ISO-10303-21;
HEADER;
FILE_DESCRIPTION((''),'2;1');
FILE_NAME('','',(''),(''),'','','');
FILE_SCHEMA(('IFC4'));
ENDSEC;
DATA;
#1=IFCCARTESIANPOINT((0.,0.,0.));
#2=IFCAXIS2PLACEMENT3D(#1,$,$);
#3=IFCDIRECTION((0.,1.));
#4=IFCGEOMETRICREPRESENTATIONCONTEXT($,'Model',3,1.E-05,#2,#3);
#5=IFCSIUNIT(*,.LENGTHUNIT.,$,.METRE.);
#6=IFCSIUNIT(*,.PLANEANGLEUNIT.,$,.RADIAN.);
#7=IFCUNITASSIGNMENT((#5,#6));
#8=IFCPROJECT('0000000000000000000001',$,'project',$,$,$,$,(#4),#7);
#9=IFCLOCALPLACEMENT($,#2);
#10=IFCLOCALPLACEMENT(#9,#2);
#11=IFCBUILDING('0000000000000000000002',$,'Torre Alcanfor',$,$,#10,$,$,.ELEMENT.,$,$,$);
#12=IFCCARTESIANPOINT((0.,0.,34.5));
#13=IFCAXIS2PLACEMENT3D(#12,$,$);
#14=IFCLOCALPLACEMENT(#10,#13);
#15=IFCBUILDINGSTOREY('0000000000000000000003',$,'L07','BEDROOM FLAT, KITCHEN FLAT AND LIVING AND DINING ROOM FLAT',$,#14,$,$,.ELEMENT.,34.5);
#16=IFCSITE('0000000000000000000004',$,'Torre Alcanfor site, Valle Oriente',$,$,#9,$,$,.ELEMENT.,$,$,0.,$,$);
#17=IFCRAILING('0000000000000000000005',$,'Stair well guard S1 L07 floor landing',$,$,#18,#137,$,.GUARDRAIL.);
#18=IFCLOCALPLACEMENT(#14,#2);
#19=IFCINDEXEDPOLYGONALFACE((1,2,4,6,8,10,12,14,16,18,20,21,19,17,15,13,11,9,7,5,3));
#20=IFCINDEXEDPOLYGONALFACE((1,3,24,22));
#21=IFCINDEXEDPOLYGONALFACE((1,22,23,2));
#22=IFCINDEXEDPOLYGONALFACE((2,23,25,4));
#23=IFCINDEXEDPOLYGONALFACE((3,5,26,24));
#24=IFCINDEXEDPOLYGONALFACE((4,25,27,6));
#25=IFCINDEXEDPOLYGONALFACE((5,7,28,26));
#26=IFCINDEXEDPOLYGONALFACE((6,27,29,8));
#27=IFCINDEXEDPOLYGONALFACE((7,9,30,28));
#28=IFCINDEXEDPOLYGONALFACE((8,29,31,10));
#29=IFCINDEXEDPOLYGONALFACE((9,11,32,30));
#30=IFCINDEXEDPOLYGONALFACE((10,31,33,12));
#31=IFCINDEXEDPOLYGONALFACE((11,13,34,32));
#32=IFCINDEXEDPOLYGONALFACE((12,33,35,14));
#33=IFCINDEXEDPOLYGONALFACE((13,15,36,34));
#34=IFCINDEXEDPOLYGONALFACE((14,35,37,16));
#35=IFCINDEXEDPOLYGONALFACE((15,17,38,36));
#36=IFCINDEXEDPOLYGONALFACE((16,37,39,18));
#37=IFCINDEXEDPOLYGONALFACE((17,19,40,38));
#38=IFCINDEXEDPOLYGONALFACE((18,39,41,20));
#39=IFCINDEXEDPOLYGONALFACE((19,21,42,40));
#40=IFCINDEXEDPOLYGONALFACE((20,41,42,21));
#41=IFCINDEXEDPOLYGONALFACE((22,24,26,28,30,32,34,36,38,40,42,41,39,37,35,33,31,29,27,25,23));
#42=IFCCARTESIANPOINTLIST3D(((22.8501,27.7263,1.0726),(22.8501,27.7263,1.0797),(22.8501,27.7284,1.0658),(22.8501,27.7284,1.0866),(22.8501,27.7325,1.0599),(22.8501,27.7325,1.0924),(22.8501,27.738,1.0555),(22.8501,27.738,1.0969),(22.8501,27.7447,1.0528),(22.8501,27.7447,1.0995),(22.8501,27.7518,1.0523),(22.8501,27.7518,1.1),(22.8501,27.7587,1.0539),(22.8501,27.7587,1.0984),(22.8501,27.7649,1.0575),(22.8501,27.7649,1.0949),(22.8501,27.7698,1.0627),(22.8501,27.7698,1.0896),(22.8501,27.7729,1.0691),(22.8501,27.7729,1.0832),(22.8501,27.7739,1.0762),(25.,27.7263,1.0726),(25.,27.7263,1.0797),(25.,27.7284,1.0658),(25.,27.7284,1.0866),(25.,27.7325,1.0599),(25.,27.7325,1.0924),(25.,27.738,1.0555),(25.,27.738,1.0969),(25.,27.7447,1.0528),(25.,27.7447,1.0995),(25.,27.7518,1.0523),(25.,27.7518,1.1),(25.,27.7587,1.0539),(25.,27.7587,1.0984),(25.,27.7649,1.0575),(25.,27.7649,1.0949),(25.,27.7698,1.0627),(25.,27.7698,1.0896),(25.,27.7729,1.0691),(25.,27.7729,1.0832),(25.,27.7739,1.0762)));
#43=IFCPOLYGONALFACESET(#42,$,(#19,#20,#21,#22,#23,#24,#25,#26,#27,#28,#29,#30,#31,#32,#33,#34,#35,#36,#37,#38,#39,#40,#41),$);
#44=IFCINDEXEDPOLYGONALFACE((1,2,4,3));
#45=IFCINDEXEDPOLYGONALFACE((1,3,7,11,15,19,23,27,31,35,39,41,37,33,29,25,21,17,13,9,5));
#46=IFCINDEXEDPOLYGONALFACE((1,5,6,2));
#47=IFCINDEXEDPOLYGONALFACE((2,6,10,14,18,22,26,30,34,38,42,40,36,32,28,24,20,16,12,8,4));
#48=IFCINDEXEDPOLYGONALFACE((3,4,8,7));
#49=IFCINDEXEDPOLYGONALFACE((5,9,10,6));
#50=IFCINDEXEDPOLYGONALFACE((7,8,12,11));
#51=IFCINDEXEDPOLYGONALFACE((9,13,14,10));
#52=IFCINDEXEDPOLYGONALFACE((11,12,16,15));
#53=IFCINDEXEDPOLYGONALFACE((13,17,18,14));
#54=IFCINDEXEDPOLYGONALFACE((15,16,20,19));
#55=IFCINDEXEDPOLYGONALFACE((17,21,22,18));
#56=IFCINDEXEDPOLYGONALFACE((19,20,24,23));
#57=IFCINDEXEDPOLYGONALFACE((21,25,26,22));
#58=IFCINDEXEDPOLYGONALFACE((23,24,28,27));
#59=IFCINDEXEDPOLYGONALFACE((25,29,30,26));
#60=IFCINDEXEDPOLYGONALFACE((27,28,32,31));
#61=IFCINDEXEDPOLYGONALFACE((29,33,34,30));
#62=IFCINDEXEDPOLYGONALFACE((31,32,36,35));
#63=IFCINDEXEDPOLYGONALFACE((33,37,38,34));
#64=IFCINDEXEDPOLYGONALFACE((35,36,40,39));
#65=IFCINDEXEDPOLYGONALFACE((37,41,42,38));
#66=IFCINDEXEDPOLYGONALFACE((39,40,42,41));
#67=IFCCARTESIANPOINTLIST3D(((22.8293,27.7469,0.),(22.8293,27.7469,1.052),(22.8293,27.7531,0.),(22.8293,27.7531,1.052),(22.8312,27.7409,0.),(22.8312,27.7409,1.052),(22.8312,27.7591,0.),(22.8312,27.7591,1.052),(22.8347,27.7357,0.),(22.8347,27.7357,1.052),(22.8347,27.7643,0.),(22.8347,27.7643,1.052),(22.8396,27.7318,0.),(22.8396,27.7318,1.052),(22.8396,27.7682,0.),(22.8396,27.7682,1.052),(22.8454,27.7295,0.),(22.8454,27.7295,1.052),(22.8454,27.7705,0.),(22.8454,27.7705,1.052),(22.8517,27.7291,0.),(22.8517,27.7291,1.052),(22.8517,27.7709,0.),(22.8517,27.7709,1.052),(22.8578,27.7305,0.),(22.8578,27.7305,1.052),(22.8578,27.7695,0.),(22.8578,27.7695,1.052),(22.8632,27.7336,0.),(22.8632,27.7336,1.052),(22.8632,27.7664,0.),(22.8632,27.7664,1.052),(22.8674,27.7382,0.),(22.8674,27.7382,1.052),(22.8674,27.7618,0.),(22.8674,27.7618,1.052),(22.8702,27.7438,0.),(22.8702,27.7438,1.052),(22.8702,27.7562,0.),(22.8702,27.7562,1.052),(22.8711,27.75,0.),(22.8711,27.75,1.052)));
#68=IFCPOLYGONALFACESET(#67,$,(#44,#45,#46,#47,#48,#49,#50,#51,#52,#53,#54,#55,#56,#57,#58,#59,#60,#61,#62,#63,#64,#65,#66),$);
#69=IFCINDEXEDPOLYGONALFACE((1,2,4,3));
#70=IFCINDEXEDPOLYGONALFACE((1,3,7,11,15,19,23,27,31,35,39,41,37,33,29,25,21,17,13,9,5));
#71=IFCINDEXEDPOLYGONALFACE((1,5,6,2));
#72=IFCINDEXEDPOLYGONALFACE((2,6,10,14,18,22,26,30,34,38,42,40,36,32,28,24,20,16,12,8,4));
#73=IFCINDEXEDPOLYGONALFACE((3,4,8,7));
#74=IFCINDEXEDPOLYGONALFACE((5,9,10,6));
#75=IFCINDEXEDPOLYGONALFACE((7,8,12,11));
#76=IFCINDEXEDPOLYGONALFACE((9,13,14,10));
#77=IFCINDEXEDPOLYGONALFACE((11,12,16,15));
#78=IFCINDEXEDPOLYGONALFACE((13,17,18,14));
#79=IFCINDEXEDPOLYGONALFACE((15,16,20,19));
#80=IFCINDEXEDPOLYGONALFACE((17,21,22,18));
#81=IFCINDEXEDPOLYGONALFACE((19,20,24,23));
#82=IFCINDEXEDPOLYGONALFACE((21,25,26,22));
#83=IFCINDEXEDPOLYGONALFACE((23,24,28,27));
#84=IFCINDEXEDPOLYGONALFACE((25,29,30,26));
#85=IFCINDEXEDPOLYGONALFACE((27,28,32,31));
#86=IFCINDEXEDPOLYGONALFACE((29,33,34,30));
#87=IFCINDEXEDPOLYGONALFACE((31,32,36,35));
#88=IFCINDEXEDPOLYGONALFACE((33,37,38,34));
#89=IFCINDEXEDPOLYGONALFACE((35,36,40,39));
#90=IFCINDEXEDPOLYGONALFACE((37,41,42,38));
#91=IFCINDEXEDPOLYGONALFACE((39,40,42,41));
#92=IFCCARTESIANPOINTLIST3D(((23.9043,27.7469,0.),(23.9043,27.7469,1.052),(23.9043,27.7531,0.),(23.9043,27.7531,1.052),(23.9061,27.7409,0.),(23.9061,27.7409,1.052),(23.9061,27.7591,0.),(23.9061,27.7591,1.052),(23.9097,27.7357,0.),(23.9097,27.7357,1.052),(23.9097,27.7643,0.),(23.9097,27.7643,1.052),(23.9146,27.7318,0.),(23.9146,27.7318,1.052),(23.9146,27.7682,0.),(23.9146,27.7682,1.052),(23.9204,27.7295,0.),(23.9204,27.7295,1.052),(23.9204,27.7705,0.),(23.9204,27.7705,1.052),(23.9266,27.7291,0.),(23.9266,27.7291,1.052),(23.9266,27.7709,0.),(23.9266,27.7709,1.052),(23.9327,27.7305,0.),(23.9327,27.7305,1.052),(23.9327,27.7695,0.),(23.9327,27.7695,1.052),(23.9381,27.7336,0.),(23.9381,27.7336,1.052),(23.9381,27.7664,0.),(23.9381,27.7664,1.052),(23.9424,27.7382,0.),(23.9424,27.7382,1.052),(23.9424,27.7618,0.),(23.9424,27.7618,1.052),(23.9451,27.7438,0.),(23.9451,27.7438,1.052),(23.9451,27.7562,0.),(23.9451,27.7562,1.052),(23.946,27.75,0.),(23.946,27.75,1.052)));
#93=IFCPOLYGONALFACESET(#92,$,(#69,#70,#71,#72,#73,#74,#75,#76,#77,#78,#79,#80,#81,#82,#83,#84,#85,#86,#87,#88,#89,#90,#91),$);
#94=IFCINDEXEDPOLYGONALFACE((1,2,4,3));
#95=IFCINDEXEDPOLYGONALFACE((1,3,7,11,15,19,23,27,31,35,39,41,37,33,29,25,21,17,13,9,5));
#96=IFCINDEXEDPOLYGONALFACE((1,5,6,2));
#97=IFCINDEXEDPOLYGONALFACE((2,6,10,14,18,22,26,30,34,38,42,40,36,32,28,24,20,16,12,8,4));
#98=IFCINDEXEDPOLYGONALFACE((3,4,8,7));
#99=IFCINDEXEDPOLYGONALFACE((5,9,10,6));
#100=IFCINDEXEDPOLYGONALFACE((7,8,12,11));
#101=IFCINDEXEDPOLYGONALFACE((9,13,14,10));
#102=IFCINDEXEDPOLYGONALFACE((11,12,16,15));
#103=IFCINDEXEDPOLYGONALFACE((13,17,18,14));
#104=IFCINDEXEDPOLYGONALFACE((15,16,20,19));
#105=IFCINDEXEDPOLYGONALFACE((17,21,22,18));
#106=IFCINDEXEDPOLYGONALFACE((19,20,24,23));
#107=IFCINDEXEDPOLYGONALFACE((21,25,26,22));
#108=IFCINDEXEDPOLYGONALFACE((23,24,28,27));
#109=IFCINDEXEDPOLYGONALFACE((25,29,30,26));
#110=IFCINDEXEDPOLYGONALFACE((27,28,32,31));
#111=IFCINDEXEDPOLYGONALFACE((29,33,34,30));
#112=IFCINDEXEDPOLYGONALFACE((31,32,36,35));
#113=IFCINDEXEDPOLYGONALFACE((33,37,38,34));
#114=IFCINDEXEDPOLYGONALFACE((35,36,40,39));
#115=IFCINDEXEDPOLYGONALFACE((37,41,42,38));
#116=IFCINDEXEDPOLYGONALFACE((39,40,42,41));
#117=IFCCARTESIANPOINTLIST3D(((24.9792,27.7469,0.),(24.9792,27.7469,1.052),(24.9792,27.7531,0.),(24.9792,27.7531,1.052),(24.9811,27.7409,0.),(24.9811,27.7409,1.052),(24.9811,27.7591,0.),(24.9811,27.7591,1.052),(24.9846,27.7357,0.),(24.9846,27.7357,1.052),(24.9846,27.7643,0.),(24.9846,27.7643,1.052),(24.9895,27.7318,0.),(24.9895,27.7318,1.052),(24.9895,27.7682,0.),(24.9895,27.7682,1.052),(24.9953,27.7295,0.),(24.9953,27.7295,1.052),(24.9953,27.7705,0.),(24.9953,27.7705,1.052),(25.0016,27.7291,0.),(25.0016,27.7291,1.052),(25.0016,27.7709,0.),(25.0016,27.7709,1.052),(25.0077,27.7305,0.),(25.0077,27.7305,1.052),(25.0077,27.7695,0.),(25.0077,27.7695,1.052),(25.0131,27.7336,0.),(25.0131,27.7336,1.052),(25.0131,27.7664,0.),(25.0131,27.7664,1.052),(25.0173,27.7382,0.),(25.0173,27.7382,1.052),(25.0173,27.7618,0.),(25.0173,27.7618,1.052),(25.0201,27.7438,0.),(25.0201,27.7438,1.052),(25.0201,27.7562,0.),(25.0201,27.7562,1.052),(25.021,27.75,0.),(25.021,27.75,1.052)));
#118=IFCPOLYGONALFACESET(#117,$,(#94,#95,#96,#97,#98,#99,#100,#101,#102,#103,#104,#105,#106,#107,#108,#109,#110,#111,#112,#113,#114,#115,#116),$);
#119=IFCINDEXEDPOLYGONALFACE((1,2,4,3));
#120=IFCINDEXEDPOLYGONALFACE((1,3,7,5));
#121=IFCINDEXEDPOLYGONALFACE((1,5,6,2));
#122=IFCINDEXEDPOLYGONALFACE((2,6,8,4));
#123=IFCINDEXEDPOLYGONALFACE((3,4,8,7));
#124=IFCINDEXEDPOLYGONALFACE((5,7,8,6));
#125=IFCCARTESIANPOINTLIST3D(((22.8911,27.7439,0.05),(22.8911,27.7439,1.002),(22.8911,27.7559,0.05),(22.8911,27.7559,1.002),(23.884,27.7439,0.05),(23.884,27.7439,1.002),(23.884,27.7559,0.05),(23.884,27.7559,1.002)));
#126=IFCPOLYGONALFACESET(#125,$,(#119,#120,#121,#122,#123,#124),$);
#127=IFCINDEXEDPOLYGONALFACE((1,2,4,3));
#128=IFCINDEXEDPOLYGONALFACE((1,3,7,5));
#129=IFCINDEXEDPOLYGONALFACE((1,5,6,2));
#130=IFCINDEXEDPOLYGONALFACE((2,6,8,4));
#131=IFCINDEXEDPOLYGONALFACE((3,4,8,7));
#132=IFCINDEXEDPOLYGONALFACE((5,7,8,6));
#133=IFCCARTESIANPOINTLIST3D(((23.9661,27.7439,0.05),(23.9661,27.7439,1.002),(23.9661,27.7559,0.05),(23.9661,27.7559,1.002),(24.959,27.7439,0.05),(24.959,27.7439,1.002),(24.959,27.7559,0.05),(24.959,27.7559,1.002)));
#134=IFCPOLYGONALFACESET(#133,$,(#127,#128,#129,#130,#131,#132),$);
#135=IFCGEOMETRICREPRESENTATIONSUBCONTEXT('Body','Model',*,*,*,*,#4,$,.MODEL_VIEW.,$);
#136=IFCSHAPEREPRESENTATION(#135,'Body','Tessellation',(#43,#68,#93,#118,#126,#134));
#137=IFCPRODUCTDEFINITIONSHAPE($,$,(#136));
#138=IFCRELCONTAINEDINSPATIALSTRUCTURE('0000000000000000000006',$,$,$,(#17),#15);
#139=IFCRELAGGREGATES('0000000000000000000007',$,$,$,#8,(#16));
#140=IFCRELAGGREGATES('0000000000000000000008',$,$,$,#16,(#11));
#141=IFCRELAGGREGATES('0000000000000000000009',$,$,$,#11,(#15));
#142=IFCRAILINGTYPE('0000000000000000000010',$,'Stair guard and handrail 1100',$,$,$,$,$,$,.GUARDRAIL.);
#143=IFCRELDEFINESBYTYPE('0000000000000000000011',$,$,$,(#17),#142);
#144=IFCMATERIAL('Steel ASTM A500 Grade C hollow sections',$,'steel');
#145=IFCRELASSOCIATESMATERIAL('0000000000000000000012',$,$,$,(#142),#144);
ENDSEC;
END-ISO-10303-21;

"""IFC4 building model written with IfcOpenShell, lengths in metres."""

from ifc_helpers import new_model, si_unit, direction, frame, origin, origin_2d, place, context, subcontext, project, spatial, polyline, circle, outline, extrude, material, type_object, element, save


model = new_model("IFC4")

# Units and contexts
model_context = context("Model", 3, precision=1e-05, world=origin(), true_north=direction((0.0, 1.0)))
body_context = subcontext(model_context, "Body", "Model", "MODEL_VIEW")
ifc_project = project(units=[si_unit("LENGTHUNIT", "METRE"), si_unit("PLANEANGLEUNIT", "RADIAN")], contexts=[model_context])

# Site, building, storey
site_placement = place(None, origin())
site = spatial("IfcSite", under=ifc_project, at=site_placement, Name="Torre Alcanfor site, Valle Oriente", CompositionType="ELEMENT", RefElevation=0.0)
building_placement = place(site_placement, origin())
building = spatial("IfcBuilding", under=site, at=building_placement, Name="Torre Alcanfor", CompositionType="ELEMENT")
storey_placement = place(building_placement, frame((0.0, 0.0, 34.5)))
storey = spatial("IfcBuildingStorey", under=building, at=storey_placement, Name="L07", Description="BEDROOM FLAT, KITCHEN FLAT AND LIVING AND DINING ROOM FLAT", CompositionType="ELEMENT", Elevation=34.5)

# Railing
ifc_material_1 = material(Name="Steel ASTM A500 Grade C hollow sections", Category="steel")
railing_type_1 = type_object("IfcRailingType", Name="Stair guard and handrail 1100", PredefinedType="GUARDRAIL", material=ifc_material_1)
for number, where, name in (
    (1, (22.8501, 27.75, 0.0), "Stair well guard S1 L07 floor landing"),
):
    element("IfcRailing", number, at=place(storey_placement, frame(where)), inside=storey, type_object=railing_type_1, Name=name, PredefinedType="GUARDRAIL", context=body_context, shape_type="SweptSolid", body=[
        extrude(circle(Radius=0.0239, at=origin_2d()), frame((0.0, 0.0, 1.0762), z_axis=(1.0, 0.0, 0.0), x_axis=(0.0, 1.0, 0.0)), (0.0, 0.0, 1.0), 2.1499),
        extrude(circle(Radius=0.021, at=origin_2d()), origin(), (0.0, 0.0, 1.0), 1.052),
        extrude(circle(Radius=0.021, at=origin_2d()), frame((1.075, 0.0, 0.0)), (0.0, 0.0, 1.0), 1.052),
        extrude(circle(Radius=0.021, at=origin_2d()), frame((2.1499, 0.0, 0.0)), (0.0, 0.0, 1.0), 1.052),
        extrude(outline(polyline([(0.041, 0.05), (1.0339, 0.05), (1.0339, 1.002), (0.041, 1.002), (0.041, 0.05)])), frame((0.0, 0.0059, 0.0), z_axis=(0.0, -1.0, 0.0), x_axis=(1.0, 0.0, 0.0)), (0.0, 0.0, 1.0), 0.012),
        extrude(outline(polyline([(1.116, 0.05), (2.1089, 0.05), (2.1089, 1.002), (1.116, 1.002), (1.116, 0.05)])), frame((0.0, 0.0059, 0.0), z_axis=(0.0, -1.0, 0.0), x_axis=(1.0, 0.0, 0.0)), (0.0, 0.0, 1.0), 0.012),
    ])

save(model, "model.ifc")
